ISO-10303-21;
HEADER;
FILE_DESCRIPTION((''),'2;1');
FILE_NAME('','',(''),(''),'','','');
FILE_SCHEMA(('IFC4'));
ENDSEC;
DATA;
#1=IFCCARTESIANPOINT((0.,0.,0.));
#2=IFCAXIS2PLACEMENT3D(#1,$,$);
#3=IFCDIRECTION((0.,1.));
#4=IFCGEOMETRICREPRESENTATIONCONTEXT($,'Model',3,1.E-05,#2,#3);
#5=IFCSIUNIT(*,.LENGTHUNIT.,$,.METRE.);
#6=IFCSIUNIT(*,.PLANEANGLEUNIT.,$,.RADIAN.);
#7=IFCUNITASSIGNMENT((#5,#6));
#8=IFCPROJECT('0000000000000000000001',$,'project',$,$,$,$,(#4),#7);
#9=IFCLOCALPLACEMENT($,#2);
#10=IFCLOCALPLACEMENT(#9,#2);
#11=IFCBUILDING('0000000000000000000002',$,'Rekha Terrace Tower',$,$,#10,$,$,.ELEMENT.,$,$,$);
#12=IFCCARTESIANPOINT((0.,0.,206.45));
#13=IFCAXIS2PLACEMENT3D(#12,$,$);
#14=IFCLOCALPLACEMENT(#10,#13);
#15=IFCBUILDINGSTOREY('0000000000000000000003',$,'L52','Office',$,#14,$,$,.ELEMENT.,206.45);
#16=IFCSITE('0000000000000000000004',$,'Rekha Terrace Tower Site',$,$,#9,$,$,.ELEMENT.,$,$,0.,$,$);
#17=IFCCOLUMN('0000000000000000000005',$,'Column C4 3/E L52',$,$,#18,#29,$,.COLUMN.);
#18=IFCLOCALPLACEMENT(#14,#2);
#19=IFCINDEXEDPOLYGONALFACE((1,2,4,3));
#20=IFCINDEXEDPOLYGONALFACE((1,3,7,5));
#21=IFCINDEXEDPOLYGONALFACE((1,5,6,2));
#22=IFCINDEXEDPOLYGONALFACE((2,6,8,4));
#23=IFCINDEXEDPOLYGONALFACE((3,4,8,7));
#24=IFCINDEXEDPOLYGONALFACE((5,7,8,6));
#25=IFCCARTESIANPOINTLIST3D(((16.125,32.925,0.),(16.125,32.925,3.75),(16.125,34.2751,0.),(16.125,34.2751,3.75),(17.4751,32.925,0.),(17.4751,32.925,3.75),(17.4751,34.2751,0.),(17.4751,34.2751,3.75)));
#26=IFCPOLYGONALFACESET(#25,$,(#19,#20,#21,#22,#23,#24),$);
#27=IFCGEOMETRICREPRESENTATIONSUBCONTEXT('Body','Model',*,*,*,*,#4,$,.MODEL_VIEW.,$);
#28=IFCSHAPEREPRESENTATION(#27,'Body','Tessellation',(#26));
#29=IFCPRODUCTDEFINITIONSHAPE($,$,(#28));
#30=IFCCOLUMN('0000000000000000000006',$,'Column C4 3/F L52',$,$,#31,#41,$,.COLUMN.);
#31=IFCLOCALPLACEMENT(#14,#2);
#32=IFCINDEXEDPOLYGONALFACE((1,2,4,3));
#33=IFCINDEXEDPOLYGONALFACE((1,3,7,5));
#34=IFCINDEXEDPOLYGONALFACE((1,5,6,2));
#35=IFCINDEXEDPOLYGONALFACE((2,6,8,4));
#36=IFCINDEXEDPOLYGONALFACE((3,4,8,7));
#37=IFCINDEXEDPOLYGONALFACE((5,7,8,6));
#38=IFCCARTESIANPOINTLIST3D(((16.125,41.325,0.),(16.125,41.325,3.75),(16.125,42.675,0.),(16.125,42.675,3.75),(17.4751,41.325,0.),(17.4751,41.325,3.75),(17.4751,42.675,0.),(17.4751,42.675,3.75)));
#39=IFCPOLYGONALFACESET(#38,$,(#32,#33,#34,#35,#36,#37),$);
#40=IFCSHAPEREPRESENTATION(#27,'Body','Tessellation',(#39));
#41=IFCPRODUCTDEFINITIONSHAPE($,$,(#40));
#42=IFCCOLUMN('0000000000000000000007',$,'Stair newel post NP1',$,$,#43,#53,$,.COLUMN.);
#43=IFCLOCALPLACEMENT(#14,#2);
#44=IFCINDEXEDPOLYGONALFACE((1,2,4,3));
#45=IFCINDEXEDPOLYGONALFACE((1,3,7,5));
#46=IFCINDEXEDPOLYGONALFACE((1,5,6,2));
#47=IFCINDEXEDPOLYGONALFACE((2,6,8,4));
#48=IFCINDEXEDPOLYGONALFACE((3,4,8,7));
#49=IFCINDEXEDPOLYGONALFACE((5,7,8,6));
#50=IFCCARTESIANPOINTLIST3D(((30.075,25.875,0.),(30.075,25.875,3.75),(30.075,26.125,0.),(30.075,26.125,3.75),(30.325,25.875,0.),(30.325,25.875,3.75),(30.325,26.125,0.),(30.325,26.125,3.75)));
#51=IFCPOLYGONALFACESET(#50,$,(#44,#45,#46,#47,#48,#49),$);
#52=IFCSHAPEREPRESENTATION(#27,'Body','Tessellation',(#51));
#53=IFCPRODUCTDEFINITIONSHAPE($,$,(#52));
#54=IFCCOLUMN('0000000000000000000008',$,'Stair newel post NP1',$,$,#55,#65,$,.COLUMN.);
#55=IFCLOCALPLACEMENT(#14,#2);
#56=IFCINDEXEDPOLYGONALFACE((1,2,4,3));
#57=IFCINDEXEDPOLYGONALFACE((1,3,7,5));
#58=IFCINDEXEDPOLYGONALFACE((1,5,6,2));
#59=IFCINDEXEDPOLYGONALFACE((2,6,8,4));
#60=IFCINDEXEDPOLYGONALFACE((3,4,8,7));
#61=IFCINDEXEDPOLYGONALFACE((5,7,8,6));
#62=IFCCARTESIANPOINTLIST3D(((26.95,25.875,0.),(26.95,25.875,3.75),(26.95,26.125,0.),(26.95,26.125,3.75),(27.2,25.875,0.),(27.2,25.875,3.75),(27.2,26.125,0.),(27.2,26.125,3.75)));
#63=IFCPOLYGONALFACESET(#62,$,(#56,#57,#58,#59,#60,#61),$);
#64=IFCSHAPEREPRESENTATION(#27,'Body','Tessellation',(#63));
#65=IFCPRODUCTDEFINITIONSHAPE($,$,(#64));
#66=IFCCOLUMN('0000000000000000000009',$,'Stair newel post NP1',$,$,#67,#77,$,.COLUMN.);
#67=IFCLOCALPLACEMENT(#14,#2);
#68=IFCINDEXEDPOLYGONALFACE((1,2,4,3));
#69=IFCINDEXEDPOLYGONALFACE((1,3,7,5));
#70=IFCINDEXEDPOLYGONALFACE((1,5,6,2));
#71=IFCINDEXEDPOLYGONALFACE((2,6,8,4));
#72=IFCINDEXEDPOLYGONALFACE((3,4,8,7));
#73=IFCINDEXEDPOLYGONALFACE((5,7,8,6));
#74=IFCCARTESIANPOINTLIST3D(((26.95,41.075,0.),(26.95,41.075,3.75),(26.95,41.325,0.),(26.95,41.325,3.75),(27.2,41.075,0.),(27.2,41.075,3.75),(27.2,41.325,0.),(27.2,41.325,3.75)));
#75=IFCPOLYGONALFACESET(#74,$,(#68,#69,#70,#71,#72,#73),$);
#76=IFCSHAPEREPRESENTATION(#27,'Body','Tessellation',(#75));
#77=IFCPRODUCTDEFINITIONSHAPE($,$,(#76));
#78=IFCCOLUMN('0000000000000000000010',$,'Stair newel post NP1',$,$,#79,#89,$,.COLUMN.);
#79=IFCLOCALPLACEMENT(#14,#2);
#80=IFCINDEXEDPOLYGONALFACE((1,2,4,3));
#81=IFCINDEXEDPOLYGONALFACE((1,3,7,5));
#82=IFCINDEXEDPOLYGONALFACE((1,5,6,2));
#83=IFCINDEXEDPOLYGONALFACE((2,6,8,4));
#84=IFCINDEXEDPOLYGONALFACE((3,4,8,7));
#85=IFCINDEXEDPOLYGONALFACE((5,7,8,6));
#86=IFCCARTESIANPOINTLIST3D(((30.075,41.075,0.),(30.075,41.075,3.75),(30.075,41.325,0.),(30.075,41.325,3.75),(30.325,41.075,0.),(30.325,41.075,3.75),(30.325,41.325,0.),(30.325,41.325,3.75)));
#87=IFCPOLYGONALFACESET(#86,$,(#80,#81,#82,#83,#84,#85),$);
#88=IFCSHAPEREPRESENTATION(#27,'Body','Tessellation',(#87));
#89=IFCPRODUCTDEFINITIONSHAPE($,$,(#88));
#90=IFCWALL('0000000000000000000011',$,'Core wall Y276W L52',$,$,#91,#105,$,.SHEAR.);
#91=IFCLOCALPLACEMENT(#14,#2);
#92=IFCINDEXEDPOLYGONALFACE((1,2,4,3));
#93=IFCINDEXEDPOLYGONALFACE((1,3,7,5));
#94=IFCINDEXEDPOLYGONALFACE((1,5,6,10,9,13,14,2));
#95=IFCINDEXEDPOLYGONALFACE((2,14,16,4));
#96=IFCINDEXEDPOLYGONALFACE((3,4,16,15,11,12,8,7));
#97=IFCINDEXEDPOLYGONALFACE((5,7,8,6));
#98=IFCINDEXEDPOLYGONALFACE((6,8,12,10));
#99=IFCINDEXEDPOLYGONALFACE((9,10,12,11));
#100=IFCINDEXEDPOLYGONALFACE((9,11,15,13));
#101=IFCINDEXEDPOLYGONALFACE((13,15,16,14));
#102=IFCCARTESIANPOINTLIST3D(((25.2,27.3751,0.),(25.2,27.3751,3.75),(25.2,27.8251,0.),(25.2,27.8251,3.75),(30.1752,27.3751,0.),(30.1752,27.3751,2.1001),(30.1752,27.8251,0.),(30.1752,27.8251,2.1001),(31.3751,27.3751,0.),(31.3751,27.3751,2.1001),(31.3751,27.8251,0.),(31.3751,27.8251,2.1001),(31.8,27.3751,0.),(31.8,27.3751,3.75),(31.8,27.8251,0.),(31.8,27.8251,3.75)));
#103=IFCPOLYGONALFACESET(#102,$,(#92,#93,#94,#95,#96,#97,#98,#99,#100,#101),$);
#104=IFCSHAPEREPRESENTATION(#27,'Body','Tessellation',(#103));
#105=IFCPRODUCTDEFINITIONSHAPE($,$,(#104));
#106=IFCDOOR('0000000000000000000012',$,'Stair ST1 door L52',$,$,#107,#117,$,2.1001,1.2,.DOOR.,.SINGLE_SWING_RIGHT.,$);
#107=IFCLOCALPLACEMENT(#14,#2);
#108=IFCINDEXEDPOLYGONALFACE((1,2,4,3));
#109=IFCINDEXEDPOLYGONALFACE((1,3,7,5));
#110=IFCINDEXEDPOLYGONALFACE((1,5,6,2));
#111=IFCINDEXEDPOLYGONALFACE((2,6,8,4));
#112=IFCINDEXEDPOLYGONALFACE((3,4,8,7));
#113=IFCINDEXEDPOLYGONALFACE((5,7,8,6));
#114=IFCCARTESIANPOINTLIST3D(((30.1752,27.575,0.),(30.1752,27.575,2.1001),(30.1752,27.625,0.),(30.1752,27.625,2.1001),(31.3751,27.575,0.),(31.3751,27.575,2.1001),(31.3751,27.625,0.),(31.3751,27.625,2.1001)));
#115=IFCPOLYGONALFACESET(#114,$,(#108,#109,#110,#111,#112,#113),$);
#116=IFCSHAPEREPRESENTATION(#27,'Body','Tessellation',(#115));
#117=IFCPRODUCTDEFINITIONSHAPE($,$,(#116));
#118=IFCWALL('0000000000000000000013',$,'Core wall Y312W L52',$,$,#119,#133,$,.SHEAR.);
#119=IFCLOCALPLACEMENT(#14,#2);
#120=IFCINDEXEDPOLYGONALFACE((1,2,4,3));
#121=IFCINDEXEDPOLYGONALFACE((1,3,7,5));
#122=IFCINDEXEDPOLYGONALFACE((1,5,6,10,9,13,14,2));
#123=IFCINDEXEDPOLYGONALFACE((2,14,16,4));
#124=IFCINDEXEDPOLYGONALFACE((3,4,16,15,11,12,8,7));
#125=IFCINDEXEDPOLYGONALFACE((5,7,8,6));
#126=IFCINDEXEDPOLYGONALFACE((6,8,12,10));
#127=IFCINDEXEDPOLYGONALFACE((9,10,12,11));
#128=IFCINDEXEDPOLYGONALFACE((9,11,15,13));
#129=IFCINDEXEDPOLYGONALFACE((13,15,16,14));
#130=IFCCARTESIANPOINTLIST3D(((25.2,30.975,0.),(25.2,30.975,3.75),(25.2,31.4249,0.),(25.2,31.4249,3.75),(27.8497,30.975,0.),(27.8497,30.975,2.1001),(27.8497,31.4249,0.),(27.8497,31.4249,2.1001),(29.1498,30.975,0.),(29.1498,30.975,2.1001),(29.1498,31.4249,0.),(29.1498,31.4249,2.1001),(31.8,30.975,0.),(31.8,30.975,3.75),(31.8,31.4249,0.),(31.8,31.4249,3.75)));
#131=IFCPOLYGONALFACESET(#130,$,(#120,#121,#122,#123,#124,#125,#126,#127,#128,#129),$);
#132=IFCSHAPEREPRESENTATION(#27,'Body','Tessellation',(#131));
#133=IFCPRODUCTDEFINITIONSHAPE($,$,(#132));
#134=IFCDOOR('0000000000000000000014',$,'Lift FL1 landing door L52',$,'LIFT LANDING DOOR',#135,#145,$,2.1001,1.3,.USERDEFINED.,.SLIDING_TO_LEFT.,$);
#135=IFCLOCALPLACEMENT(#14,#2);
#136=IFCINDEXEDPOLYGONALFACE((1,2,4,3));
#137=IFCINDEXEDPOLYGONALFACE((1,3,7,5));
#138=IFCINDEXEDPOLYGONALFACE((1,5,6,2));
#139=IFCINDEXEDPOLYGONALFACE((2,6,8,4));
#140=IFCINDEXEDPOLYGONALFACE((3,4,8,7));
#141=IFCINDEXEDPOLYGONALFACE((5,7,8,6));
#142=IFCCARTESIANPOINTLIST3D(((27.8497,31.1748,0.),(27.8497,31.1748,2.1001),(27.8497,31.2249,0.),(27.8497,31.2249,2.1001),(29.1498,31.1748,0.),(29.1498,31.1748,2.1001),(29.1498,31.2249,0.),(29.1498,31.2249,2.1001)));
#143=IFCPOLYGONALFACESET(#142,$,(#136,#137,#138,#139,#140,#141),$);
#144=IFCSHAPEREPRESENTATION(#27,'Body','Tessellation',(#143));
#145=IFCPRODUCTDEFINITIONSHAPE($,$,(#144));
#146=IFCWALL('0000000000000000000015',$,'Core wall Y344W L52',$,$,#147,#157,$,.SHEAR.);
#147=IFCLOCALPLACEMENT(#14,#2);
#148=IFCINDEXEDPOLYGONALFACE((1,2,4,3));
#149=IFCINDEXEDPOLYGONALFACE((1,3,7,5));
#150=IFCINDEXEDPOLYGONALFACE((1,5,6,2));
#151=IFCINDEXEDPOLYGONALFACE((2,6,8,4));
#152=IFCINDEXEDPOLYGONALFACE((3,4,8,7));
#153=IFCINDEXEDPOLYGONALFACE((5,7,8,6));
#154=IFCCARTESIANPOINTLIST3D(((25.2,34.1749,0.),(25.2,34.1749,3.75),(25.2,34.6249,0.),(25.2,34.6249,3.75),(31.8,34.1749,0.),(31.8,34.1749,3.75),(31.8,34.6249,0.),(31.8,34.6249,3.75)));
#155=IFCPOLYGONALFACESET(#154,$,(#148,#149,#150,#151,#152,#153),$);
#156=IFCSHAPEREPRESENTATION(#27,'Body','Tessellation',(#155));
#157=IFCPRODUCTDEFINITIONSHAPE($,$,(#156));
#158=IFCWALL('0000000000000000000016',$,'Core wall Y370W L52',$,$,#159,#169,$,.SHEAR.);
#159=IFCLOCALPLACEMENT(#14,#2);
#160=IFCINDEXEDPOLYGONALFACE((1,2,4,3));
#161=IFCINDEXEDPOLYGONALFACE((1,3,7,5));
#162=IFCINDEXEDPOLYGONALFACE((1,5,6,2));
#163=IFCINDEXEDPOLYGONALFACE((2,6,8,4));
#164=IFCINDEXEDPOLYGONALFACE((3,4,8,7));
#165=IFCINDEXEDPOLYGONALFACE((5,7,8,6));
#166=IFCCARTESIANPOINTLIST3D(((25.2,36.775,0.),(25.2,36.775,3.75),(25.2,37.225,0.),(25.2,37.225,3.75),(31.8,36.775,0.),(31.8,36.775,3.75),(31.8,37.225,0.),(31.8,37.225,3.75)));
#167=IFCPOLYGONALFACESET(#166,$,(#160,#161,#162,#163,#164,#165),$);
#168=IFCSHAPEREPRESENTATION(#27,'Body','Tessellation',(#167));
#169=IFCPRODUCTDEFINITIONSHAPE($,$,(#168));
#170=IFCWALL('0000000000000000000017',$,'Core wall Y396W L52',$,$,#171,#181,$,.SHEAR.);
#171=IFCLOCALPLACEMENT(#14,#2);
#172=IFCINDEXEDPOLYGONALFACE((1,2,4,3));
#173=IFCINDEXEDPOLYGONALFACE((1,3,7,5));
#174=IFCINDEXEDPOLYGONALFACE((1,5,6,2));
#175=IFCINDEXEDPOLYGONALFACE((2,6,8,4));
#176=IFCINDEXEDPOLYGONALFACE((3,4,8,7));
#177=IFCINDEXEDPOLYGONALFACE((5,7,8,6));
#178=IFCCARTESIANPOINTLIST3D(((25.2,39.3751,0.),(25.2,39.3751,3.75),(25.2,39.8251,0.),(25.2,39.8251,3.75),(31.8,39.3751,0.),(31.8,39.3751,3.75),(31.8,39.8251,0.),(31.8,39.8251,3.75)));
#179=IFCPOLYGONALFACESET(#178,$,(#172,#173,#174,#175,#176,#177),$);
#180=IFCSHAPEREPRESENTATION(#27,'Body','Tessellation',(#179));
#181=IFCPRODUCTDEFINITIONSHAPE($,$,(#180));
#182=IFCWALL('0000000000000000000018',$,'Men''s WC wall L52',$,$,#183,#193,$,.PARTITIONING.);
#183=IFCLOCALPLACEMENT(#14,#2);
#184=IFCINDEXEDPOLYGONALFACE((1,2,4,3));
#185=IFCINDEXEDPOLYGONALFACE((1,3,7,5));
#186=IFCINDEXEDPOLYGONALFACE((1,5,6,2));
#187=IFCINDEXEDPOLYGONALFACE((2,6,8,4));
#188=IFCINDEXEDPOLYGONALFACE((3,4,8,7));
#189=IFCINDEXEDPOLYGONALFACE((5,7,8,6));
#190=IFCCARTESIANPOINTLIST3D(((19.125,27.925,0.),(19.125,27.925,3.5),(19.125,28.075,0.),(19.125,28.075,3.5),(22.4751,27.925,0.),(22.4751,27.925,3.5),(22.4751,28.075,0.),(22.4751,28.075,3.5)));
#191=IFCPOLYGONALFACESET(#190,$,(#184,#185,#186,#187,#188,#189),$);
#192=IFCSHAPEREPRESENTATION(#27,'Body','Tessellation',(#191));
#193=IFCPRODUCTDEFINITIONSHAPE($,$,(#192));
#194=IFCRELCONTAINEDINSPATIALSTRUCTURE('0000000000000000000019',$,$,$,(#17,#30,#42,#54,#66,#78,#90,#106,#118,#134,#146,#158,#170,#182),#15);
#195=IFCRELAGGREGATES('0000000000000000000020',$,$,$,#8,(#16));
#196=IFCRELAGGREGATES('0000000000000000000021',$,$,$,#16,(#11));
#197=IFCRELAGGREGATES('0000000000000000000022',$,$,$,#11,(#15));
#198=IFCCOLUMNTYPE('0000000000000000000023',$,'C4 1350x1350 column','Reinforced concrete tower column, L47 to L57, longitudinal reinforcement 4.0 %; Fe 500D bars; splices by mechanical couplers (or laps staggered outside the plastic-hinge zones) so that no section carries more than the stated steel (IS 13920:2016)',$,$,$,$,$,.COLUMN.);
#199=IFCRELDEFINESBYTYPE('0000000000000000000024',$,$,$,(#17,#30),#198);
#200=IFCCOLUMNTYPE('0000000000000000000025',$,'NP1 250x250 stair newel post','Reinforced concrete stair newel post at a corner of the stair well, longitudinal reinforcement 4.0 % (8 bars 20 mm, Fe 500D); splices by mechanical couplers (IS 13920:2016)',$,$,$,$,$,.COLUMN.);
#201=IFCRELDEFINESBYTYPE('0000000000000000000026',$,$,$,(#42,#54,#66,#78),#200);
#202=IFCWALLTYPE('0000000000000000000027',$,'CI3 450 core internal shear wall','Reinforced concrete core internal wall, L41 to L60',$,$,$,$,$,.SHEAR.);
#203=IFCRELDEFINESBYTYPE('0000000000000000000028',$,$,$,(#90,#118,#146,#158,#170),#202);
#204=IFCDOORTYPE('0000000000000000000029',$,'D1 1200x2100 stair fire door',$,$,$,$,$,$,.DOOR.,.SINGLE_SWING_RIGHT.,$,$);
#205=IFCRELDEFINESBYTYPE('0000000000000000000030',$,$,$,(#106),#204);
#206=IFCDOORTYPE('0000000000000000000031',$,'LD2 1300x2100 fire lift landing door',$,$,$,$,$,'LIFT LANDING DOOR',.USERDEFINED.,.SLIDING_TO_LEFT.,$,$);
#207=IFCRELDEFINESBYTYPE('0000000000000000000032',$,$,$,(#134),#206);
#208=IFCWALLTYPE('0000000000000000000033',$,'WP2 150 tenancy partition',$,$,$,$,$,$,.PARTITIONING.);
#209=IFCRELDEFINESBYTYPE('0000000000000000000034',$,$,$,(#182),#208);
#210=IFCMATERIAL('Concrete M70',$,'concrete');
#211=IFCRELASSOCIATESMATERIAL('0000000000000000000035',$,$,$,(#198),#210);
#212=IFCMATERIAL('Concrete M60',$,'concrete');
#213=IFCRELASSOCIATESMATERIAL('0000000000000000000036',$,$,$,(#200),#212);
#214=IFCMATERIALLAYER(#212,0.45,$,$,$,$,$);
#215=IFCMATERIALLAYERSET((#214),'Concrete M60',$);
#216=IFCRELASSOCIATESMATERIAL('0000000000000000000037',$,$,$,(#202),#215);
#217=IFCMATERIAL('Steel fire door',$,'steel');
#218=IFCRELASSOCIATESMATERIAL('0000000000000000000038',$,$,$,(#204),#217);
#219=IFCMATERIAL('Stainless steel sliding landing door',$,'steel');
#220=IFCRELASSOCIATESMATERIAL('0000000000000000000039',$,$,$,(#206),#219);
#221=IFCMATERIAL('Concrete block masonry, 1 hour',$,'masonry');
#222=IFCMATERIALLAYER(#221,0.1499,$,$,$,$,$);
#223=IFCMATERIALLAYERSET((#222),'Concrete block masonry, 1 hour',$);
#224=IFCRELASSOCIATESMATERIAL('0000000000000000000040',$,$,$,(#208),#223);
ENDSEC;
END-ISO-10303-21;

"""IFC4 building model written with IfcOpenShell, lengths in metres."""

from ifc_helpers import new_model, si_unit, direction, frame, frame_2d, origin, origin_2d, place, context, subcontext, project, spatial, rectangle, extrude, material, layer, layer_set, material_profile, profile_set, type_object, element, fill, save


model = new_model("IFC4")

# Units and contexts
model_context = context("Model", 3, precision=1e-05, world=origin(), true_north=direction((0.0, 1.0)))
body_context = subcontext(model_context, "Body", "Model", "MODEL_VIEW")
ifc_project = project(units=[si_unit("LENGTHUNIT", "METRE"), si_unit("PLANEANGLEUNIT", "RADIAN")], contexts=[model_context])

# Site, building, storey
site_placement = place(None, origin())
site = spatial("IfcSite", under=ifc_project, at=site_placement, Name="Rekha Terrace Tower Site", CompositionType="ELEMENT", RefElevation=0.0)
building_placement = place(site_placement, origin())
building = spatial("IfcBuilding", under=site, at=building_placement, Name="Rekha Terrace Tower", CompositionType="ELEMENT")
storey_placement = place(building_placement, frame((0.0, 0.0, 206.45)))
storey = spatial("IfcBuildingStorey", under=building, at=storey_placement, Name="L52", Description="Office", CompositionType="ELEMENT", Elevation=206.45)

# Columns
ifc_material_1 = material(Name="Concrete M70", Category="concrete")
ifc_material_profile_1 = material_profile(ifc_material_1, rectangle(XDim=1.3501, YDim=1.3501, at=origin_2d()), Name="RC 1350x1350")
ifc_profile_set_1 = profile_set([ifc_material_profile_1], Name="Concrete M70")
column_type_1 = type_object("IfcColumnType", Name="C4 1350x1350 column", Description="Reinforced concrete tower column, L47 to L57, longitudinal reinforcement 4.0 %; Fe 500D bars; splices by mechanical couplers (or laps staggered outside the plastic-hinge zones) so that no section carries more than the stated steel (IS 13920:2016)", PredefinedType="COLUMN", material=ifc_profile_set_1)
for number, where, z_axis, x_axis, name in (
    (1, (16.8, 33.6001, 0.0), (0.0, 0.0, 1.0), (1.0, 0.0, 0.0), "Column C4 3/E L52"),
    (2, (16.8, 42.0, 0.0), (0.0, 0.0, 1.0), (1.0, 0.0, 0.0), "Column C4 3/F L52"),
):
    element("IfcColumn", number, at=place(storey_placement, frame(where, z_axis=z_axis, x_axis=x_axis)), inside=storey, type_object=column_type_1, Name=name, PredefinedType="COLUMN", context=body_context, shape_type="SweptSolid", body=[
        extrude(rectangle(XDim=1.3501, YDim=1.3501, at=origin_2d()), origin(), (0.0, 0.0, 1.0), 3.75),
    ])
ifc_material_2 = material(Name="Concrete M60", Category="concrete")
ifc_material_profile_2 = material_profile(ifc_material_2, rectangle(XDim=0.25, YDim=0.25, at=origin_2d()), Name="RC 250x250")
ifc_profile_set_2 = profile_set([ifc_material_profile_2], Name="Concrete M60")
column_type_2 = type_object("IfcColumnType", Name="NP1 250x250 stair newel post", Description="Reinforced concrete stair newel post at a corner of the stair well, longitudinal reinforcement 4.0 % (8 bars 20 mm, Fe 500D); splices by mechanical couplers (IS 13920:2016)", PredefinedType="COLUMN", material=ifc_profile_set_2)
for number, where, z_axis, x_axis, name in (
    (3, (30.2, 26.0, 0.0), (0.0, 0.0, 1.0), (1.0, 0.0, 0.0), "Stair newel post NP1"),
    (4, (27.075, 26.0, 0.0), (0.0, 0.0, 1.0), (1.0, 0.0, 0.0), "Stair newel post NP1"),
    (5, (27.075, 41.2, 0.0), (0.0, 0.0, 1.0), (1.0, 0.0, 0.0), "Stair newel post NP1"),
    (6, (30.2, 41.2, 0.0), (0.0, 0.0, 1.0), (1.0, 0.0, 0.0), "Stair newel post NP1"),
):
    element("IfcColumn", number, at=place(storey_placement, frame(where, z_axis=z_axis, x_axis=x_axis)), inside=storey, type_object=column_type_2, Name=name, PredefinedType="COLUMN", context=body_context, shape_type="SweptSolid", body=[
        extrude(rectangle(XDim=0.25, YDim=0.25, at=origin_2d()), origin(), (0.0, 0.0, 1.0), 3.75),
    ])

# Walls, openings, doors
ifc_layer_1 = layer(ifc_material_2, 0.45)
ifc_layer_set_1 = layer_set([ifc_layer_1], Name="Concrete M60")
wall_type_1 = type_object("IfcWallType", Name="CI3 450 core internal shear wall", Description="Reinforced concrete core internal wall, L41 to L60", PredefinedType="SHEAR", material=ifc_layer_set_1)
wall_1_placement = place(storey_placement, frame((25.2, 27.6001, 0.0), z_axis=(0.0, 0.0, 1.0), x_axis=(1.0, 0.0, 0.0)))
wall_1 = element("IfcWall", 7, at=wall_1_placement, inside=storey, type_object=wall_type_1, Name="Core wall Y276W L52", PredefinedType="SHEAR", context=body_context, shape_type="SweptSolid", body=[
    extrude(rectangle(XDim=6.6001, YDim=0.45, at=frame_2d((3.3, 0.0))), origin(), (0.0, 0.0, 1.0), 3.75),
])
opening_1_placement = place(wall_1_placement, frame((4.9751, 0.0, 0.0)))
opening_1 = element("IfcOpeningElement", 8, at=opening_1_placement, cuts=wall_1, PredefinedType="OPENING", context=body_context, shape_type="SweptSolid", body=[
    extrude(rectangle(XDim=1.2, YDim=2.1001, at=frame_2d((0.6001, 1.05))), frame((0.0, 0.2349, 0.0), z_axis=(0.0, -1.0, 0.0), x_axis=(1.0, 0.0, 0.0)), (0.0, 0.0, 1.0), 0.47),
])
ifc_material_3 = material(Name="Steel fire door", Category="steel")
door_type_1 = type_object("IfcDoorType", Name="D1 1200x2100 stair fire door", OperationType="SINGLE_SWING_RIGHT", PredefinedType="DOOR", material=ifc_material_3)
door_1_placement = place(opening_1_placement, origin())
door_1 = element("IfcDoor", 9, at=door_1_placement, inside=storey, type_object=door_type_1, Name="Stair ST1 door L52", OperationType="SINGLE_SWING_RIGHT", OverallHeight=2.1001, OverallWidth=1.2, PredefinedType="DOOR", context=body_context, shape_type="SweptSolid", body=[
    extrude(rectangle(XDim=1.2, YDim=2.1001, at=frame_2d((0.6001, 1.05))), frame((0.0, 0.0249, 0.0), z_axis=(0.0, -1.0, 0.0), x_axis=(1.0, 0.0, 0.0)), (0.0, 0.0, 1.0), 0.05),
])
fill(opening_1, door_1)
wall_2_placement = place(storey_placement, frame((25.2, 31.2, 0.0), z_axis=(0.0, 0.0, 1.0), x_axis=(1.0, 0.0, 0.0)))
wall_2 = element("IfcWall", 10, at=wall_2_placement, inside=storey, type_object=wall_type_1, Name="Core wall Y312W L52", PredefinedType="SHEAR", context=body_context, shape_type="SweptSolid", body=[
    extrude(rectangle(XDim=6.6001, YDim=0.45, at=frame_2d((3.3, 0.0))), origin(), (0.0, 0.0, 1.0), 3.75),
])
opening_2_placement = place(wall_2_placement, frame((2.6499, 0.0, 0.0)))
opening_2 = element("IfcOpeningElement", 11, at=opening_2_placement, cuts=wall_2, PredefinedType="OPENING", context=body_context, shape_type="SweptSolid", body=[
    extrude(rectangle(XDim=1.3, YDim=2.1001, at=frame_2d((0.6499, 1.05))), frame((0.0, 0.2349, 0.0), z_axis=(0.0, -1.0, 0.0), x_axis=(1.0, 0.0, 0.0)), (0.0, 0.0, 1.0), 0.47),
])
ifc_material_4 = material(Name="Stainless steel sliding landing door", Category="steel")
door_type_2 = type_object("IfcDoorType", Name="LD2 1300x2100 fire lift landing door", ElementType="LIFT LANDING DOOR", OperationType="SLIDING_TO_LEFT", PredefinedType="USERDEFINED", material=ifc_material_4)
door_2_placement = place(opening_2_placement, origin())
door_2 = element("IfcDoor", 12, at=door_2_placement, inside=storey, type_object=door_type_2, Name="Lift FL1 landing door L52", ObjectType="LIFT LANDING DOOR", OperationType="SLIDING_TO_LEFT", OverallHeight=2.1001, OverallWidth=1.3, PredefinedType="USERDEFINED", context=body_context, shape_type="SweptSolid", body=[
    extrude(rectangle(XDim=1.3, YDim=2.1001, at=frame_2d((0.6499, 1.05))), frame((0.0, 0.0249, 0.0), z_axis=(0.0, -1.0, 0.0), x_axis=(1.0, 0.0, 0.0)), (0.0, 0.0, 1.0), 0.05),
])
fill(opening_2, door_2)

# Walls
for number, where, z_axis, x_axis, name in (
    (13, (25.2, 34.3999, 0.0), (0.0, 0.0, 1.0), (1.0, 0.0, 0.0), "Core wall Y344W L52"),
    (14, (25.2, 37.0, 0.0), (0.0, 0.0, 1.0), (1.0, 0.0, 0.0), "Core wall Y370W L52"),
    (15, (25.2, 39.6001, 0.0), (0.0, 0.0, 1.0), (1.0, 0.0, 0.0), "Core wall Y396W L52"),
):
    element("IfcWall", number, at=place(storey_placement, frame(where, z_axis=z_axis, x_axis=x_axis)), inside=storey, type_object=wall_type_1, Name=name, PredefinedType="SHEAR", context=body_context, shape_type="SweptSolid", body=[
        extrude(rectangle(XDim=6.6001, YDim=0.45, at=frame_2d((3.3, 0.0))), origin(), (0.0, 0.0, 1.0), 3.75),
    ])
ifc_material_5 = material(Name="Concrete block masonry, 1 hour", Category="masonry")
ifc_layer_2 = layer(ifc_material_5, 0.1499)
ifc_layer_set_2 = layer_set([ifc_layer_2], Name="Concrete block masonry, 1 hour")
wall_type_2 = type_object("IfcWallType", Name="WP2 150 tenancy partition", PredefinedType="PARTITIONING", material=ifc_layer_set_2)
wall_3_placement = place(storey_placement, frame((19.125, 28.0, 0.0), z_axis=(0.0, 0.0, 1.0), x_axis=(1.0, 0.0, 0.0)))
element("IfcWall", 16, at=wall_3_placement, inside=storey, type_object=wall_type_2, Name="Men's WC wall L52", PredefinedType="PARTITIONING", context=body_context, shape_type="SweptSolid", body=[
    extrude(rectangle(XDim=3.3501, YDim=0.1499, at=frame_2d((1.675, 0.0))), origin(), (0.0, 0.0, 1.0), 3.5),
])

save(model, "model.ifc")
